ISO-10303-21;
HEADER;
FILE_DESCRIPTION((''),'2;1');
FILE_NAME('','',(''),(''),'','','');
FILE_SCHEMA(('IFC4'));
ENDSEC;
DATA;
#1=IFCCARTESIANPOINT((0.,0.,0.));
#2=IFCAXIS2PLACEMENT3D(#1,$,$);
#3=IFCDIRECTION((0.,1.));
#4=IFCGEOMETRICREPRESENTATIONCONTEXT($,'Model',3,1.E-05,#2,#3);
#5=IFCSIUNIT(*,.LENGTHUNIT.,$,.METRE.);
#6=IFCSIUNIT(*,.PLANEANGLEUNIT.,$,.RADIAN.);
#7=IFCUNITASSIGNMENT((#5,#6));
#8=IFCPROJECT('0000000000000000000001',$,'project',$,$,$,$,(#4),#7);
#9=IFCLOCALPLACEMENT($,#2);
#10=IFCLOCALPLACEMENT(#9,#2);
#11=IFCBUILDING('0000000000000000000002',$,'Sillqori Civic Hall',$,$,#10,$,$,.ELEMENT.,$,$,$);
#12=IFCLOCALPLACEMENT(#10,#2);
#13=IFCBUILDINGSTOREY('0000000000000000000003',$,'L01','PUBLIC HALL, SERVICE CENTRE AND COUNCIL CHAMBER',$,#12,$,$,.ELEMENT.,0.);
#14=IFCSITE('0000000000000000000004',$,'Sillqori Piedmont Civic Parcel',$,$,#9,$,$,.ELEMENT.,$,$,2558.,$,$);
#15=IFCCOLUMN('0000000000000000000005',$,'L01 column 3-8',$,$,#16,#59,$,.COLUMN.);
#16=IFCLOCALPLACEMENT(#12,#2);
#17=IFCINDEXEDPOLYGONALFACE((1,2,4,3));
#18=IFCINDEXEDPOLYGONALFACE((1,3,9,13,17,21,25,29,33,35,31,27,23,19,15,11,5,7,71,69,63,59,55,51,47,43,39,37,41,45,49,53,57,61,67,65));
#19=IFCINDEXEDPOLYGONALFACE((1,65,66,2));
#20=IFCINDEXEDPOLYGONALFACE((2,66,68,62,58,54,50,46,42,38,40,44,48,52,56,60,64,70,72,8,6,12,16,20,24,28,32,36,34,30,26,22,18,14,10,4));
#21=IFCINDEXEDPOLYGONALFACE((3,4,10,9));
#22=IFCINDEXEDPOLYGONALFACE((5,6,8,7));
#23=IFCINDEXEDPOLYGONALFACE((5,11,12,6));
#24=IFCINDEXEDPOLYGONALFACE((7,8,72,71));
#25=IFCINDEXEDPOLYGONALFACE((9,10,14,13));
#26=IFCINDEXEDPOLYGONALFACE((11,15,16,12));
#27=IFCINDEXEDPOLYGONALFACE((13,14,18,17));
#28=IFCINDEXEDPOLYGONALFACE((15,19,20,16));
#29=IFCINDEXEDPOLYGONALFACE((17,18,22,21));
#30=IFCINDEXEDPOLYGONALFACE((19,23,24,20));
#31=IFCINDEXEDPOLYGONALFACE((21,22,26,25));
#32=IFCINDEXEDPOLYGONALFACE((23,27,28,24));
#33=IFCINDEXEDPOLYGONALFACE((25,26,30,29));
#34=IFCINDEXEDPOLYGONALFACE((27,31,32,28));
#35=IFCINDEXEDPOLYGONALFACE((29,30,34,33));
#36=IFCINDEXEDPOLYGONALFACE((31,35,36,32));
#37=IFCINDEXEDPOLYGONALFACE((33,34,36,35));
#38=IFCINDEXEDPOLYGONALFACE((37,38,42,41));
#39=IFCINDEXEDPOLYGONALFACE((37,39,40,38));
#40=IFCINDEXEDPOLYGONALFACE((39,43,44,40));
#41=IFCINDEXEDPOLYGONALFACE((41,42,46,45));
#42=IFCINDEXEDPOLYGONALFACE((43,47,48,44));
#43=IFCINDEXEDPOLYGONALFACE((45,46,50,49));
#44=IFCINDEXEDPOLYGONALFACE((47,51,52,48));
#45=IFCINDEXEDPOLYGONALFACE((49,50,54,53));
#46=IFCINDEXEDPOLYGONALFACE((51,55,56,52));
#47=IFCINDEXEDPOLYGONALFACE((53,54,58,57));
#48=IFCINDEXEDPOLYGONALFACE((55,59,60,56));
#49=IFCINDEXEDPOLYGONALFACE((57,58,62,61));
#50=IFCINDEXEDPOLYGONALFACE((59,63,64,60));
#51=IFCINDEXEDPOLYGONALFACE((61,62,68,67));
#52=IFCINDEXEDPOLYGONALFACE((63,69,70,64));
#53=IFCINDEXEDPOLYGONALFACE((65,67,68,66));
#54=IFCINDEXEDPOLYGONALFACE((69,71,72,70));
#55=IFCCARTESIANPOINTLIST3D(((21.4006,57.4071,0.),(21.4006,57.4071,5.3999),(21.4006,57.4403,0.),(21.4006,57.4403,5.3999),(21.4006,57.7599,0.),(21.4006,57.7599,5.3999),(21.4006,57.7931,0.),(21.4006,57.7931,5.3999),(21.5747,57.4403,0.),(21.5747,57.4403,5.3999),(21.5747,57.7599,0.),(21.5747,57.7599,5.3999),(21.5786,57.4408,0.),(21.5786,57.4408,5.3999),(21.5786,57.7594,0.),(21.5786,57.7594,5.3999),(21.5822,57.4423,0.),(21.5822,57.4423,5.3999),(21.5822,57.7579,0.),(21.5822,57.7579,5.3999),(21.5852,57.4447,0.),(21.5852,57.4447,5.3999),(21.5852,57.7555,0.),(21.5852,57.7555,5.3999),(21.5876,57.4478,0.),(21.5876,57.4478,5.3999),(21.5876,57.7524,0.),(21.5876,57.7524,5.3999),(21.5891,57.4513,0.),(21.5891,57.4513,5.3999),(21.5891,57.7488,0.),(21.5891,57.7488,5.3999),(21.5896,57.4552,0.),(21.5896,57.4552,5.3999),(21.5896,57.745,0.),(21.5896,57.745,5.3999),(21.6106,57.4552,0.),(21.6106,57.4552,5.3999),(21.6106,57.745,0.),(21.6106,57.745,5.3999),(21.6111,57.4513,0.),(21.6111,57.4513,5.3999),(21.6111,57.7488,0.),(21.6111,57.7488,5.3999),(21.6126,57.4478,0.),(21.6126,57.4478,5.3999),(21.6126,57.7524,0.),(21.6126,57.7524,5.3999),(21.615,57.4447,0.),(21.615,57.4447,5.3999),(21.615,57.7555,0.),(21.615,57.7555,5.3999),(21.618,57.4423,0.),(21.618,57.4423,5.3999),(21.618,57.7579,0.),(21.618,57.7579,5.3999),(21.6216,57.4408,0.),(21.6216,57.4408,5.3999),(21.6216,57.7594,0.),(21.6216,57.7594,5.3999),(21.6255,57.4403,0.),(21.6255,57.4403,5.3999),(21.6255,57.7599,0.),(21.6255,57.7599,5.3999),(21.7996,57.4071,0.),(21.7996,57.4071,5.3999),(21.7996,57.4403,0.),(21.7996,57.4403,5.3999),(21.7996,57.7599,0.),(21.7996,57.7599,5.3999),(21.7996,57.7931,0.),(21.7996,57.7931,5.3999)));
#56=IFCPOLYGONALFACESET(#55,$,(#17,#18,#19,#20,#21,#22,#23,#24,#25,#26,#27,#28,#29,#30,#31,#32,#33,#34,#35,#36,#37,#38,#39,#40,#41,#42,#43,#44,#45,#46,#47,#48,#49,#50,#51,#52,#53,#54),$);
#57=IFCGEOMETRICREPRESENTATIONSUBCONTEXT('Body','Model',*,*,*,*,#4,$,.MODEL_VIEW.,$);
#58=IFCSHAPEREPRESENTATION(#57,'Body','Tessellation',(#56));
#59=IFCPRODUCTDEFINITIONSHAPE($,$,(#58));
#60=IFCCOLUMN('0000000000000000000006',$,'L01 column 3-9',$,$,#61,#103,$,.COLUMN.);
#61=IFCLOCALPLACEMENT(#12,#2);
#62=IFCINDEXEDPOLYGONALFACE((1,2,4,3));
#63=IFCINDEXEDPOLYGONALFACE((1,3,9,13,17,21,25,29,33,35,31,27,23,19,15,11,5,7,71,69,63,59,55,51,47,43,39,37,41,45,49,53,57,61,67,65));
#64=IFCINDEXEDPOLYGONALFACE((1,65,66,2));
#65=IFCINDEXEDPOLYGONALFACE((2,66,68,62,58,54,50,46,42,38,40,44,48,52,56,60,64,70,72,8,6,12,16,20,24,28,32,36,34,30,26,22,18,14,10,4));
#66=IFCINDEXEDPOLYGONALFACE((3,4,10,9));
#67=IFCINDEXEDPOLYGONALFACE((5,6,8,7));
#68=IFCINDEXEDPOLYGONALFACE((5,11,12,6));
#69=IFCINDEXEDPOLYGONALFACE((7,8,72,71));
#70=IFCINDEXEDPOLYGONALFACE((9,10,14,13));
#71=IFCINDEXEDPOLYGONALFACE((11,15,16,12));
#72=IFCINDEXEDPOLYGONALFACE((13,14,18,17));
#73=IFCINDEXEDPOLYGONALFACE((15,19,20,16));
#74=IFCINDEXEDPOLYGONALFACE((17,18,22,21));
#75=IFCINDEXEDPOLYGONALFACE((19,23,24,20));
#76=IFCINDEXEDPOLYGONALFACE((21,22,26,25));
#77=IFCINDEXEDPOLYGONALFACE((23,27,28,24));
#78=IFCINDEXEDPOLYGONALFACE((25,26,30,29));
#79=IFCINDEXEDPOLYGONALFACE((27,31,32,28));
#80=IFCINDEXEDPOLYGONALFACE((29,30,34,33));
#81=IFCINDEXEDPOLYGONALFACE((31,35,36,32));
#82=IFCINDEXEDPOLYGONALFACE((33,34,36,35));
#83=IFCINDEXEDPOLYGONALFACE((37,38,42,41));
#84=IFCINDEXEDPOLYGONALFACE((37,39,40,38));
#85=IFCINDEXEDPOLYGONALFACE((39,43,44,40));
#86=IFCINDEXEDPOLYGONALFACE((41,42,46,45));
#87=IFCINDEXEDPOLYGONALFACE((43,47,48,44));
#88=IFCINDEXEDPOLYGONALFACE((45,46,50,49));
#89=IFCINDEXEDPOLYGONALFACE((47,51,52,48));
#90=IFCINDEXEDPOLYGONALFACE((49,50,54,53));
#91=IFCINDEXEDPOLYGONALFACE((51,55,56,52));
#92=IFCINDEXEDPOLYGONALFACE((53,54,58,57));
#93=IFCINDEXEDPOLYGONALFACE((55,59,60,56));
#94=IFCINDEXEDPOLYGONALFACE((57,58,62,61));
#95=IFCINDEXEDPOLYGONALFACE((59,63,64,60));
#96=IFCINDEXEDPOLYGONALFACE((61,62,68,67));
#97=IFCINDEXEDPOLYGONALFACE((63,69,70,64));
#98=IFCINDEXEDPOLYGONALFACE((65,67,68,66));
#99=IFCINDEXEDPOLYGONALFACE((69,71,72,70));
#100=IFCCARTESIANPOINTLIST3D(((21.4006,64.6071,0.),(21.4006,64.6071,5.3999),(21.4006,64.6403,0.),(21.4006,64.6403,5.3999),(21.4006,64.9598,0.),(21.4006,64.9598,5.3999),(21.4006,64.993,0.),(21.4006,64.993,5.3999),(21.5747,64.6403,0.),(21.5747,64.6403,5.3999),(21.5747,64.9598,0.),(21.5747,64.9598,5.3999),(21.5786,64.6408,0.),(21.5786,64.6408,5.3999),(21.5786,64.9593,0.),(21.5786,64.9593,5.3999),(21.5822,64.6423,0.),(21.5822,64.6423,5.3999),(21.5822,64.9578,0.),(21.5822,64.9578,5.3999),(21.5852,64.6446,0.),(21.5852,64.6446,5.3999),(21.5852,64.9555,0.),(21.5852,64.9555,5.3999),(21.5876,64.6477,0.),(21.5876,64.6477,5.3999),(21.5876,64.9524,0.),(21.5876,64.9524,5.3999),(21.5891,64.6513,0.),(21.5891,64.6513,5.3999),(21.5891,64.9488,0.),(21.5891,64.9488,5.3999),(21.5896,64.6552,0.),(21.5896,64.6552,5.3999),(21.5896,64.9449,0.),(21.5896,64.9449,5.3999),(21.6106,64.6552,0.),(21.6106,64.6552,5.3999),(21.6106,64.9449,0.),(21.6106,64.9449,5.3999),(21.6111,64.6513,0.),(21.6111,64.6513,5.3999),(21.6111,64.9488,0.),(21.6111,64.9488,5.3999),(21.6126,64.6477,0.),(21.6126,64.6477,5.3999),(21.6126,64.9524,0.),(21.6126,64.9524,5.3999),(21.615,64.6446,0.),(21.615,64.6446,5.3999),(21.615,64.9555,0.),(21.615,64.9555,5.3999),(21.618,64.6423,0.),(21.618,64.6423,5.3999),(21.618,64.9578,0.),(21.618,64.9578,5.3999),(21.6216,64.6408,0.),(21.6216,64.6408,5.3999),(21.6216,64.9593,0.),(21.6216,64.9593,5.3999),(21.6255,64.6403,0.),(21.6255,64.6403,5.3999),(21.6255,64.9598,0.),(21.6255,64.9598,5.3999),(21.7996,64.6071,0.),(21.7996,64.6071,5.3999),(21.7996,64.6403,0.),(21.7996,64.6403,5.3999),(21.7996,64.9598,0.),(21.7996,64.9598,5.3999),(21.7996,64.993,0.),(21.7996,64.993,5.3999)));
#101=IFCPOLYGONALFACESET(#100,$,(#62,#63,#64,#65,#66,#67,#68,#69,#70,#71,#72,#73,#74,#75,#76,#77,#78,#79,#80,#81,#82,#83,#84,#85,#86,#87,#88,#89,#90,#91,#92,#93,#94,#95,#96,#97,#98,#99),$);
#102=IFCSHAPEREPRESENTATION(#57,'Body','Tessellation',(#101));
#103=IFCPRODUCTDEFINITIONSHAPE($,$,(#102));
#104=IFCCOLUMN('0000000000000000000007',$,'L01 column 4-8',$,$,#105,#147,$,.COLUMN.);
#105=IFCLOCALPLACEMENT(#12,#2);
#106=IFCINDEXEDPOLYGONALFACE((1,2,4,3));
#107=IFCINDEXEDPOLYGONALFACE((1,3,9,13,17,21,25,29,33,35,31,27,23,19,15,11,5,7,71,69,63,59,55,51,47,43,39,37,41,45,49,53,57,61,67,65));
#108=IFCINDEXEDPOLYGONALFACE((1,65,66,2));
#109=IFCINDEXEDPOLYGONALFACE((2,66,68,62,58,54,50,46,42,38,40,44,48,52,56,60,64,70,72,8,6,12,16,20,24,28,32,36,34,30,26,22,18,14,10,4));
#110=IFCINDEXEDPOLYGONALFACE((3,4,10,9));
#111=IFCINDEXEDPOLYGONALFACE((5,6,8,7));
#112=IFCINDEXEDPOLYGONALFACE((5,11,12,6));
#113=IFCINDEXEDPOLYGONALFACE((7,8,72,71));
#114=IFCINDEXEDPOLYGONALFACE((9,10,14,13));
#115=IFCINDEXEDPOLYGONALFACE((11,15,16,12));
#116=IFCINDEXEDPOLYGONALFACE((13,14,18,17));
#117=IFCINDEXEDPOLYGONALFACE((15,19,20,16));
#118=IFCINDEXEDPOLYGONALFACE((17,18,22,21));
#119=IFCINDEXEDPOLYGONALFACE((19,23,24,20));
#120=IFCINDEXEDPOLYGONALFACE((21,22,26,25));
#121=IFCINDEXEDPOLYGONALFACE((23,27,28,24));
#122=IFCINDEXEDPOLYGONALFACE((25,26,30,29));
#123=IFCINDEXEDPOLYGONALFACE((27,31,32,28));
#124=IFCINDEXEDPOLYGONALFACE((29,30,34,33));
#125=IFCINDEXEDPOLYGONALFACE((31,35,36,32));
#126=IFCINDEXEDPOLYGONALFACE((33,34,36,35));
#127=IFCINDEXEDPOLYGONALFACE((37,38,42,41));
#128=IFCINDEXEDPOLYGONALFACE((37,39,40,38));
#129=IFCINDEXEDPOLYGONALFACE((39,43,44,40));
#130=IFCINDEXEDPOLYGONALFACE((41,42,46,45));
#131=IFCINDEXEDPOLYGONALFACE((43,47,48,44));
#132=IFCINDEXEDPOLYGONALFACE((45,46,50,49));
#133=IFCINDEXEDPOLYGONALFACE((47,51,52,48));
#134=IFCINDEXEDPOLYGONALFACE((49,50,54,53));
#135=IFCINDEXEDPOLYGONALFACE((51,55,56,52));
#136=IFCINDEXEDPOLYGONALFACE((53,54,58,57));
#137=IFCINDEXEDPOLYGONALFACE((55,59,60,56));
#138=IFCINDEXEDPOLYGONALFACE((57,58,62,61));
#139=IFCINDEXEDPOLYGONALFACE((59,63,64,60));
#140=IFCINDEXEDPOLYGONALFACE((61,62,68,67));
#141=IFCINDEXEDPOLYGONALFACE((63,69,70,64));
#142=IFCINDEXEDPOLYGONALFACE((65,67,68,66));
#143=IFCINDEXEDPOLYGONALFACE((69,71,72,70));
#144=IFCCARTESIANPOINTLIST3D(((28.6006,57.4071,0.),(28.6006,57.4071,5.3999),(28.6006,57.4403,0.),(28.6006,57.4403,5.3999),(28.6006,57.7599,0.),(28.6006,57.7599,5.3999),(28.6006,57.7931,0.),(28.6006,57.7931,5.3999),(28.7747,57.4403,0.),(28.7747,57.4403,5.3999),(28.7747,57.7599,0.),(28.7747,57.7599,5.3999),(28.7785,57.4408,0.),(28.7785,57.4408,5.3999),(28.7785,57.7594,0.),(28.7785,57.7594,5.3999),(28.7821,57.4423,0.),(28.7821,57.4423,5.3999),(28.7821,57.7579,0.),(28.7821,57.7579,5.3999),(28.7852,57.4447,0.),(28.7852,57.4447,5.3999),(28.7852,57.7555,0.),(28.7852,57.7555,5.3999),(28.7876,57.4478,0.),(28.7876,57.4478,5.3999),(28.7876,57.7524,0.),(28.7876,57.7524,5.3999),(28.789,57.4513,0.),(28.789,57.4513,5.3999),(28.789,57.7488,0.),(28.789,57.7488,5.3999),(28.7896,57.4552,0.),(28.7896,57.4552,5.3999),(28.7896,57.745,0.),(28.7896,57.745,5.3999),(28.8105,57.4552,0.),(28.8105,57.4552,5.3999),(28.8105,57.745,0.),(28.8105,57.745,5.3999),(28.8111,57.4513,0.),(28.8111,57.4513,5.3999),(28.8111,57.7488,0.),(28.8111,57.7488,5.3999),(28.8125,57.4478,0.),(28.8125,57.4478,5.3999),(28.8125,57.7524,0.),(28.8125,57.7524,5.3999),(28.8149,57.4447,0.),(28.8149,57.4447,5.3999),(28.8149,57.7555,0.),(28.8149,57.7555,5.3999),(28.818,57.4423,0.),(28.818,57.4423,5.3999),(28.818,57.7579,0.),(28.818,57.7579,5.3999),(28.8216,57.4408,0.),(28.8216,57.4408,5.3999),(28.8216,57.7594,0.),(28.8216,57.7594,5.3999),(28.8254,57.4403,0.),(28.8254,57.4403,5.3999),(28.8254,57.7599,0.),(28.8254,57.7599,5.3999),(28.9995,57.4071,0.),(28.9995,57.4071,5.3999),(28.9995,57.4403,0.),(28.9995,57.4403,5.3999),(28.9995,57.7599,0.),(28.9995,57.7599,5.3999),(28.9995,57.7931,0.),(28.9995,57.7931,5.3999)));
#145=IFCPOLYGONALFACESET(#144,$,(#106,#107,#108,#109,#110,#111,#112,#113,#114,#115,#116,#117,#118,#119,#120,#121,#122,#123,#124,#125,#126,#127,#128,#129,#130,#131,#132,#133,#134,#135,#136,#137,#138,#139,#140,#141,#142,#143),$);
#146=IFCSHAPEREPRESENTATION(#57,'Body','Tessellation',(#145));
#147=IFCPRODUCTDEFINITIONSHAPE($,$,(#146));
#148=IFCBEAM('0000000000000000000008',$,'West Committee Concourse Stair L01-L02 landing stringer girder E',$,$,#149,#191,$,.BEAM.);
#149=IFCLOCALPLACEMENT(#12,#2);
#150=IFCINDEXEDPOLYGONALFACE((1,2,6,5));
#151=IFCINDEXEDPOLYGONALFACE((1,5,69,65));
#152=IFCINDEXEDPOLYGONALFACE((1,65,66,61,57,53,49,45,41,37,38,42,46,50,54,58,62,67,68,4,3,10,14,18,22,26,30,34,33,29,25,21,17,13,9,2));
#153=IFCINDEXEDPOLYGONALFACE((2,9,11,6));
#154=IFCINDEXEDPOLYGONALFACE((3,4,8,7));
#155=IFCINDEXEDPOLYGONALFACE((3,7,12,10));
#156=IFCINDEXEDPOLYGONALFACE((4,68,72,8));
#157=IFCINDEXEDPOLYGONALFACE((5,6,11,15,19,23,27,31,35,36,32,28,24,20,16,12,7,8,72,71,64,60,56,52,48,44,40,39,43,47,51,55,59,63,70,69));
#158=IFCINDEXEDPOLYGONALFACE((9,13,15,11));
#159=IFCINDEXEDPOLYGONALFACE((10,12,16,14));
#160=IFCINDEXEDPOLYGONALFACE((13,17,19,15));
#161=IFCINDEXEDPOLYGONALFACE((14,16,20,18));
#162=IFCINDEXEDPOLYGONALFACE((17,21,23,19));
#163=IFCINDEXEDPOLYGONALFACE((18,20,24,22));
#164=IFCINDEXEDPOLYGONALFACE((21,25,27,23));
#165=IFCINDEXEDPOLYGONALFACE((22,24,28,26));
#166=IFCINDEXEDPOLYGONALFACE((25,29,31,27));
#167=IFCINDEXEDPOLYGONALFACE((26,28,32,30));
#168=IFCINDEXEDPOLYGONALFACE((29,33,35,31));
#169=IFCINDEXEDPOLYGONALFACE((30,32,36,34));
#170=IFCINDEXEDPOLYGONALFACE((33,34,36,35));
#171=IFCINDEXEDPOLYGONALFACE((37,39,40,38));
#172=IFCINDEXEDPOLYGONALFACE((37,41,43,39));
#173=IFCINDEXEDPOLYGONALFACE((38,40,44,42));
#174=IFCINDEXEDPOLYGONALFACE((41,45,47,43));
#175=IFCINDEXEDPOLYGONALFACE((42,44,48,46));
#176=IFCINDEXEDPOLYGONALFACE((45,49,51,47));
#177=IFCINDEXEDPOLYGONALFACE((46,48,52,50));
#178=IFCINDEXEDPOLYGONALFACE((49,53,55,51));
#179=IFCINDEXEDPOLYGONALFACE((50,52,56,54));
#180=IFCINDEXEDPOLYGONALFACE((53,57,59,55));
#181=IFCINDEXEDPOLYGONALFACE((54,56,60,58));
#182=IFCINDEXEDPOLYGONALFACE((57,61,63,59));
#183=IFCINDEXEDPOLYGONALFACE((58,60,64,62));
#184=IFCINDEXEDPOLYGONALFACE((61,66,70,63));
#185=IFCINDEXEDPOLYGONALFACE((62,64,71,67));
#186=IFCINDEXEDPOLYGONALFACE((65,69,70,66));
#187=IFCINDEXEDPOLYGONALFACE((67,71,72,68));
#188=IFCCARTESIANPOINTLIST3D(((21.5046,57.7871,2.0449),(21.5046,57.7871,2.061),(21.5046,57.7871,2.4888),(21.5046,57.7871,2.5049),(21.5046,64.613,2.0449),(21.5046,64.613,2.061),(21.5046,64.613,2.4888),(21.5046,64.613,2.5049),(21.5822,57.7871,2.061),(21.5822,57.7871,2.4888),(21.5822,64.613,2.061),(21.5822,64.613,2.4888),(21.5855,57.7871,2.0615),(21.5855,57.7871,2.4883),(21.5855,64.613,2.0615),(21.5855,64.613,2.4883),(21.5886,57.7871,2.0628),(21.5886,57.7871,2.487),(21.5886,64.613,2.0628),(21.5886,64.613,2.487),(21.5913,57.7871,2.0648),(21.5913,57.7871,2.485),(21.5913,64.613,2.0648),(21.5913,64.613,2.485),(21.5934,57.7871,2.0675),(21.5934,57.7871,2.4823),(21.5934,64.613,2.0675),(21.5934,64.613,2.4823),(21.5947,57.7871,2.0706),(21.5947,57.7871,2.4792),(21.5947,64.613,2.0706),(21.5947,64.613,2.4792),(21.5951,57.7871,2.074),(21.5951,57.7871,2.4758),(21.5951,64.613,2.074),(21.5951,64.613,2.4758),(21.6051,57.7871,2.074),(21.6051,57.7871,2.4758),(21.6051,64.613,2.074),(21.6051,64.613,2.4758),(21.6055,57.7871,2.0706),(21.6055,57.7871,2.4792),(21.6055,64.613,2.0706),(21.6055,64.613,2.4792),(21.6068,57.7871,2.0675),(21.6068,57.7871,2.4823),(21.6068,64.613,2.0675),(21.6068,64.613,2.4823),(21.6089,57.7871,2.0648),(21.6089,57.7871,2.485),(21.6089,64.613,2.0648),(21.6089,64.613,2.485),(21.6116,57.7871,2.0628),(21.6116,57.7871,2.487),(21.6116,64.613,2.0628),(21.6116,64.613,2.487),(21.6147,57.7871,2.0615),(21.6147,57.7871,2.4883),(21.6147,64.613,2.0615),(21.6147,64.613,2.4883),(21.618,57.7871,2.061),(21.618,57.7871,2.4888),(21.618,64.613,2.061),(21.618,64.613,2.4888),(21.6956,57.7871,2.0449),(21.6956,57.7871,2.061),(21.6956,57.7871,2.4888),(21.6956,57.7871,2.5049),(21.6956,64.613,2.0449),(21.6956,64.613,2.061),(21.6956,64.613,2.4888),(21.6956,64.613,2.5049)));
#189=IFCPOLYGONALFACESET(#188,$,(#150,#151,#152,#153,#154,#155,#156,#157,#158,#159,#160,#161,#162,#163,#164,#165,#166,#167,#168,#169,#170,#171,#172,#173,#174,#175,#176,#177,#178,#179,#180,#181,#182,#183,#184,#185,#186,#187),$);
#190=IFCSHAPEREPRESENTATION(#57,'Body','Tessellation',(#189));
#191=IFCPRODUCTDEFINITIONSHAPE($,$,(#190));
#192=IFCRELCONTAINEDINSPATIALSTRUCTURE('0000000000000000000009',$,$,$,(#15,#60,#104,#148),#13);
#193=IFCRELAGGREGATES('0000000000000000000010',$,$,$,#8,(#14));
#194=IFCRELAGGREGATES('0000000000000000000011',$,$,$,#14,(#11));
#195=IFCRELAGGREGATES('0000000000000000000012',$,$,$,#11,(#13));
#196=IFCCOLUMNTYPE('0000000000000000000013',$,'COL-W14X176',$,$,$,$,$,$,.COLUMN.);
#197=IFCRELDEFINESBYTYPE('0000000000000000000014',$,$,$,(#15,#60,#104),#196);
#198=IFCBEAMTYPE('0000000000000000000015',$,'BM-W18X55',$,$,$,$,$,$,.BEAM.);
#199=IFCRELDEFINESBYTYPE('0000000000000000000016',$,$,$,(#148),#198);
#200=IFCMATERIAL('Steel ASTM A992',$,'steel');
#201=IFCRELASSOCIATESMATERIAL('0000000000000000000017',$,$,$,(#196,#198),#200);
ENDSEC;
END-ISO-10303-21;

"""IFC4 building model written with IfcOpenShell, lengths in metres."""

from ifc_helpers import new_model, si_unit, direction, frame, origin, origin_2d, place, context, subcontext, project, spatial, i_section, extrude, material, material_profile, profile_set, type_object, element, save


model = new_model("IFC4")

# Units and contexts
model_context = context("Model", 3, precision=1e-05, world=origin(), true_north=direction((0.0, 1.0)))
body_context = subcontext(model_context, "Body", "Model", "MODEL_VIEW")
ifc_project = project(units=[si_unit("LENGTHUNIT", "METRE"), si_unit("PLANEANGLEUNIT", "RADIAN")], contexts=[model_context])

# Site, building, storey
site_placement = place(None, origin())
site = spatial("IfcSite", under=ifc_project, at=site_placement, Name="Sillqori Piedmont Civic Parcel", CompositionType="ELEMENT", RefElevation=2558.0)
building_placement = place(site_placement, origin())
building = spatial("IfcBuilding", under=site, at=building_placement, Name="Sillqori Civic Hall", CompositionType="ELEMENT")
storey_placement = place(building_placement, origin())
storey = spatial("IfcBuildingStorey", under=building, at=storey_placement, Name="L01", Description="PUBLIC HALL, SERVICE CENTRE AND COUNCIL CHAMBER", CompositionType="ELEMENT", Elevation=0.0)

# Columns
ifc_material_1 = material(Name="Steel ASTM A992", Category="steel")
ifc_material_profile_1 = material_profile(ifc_material_1, i_section(OverallWidth=0.3989, OverallDepth=0.386, WebThickness=0.021, FlangeThickness=0.0332, FilletRadius=0.0149, at=origin_2d()), Name="W14X176")
ifc_profile_set_1 = profile_set([ifc_material_profile_1], Name="Steel ASTM A992")
column_type = type_object("IfcColumnType", Name="COL-W14X176", PredefinedType="COLUMN", material=ifc_profile_set_1)
for number, where, z_axis, x_axis, name in (
    (1, (21.6001, 57.6001, 0.0), (0.0, 0.0, 1.0), (1.0, 0.0, 0.0), "L01 column 3-8"),
    (2, (21.6001, 64.8, 0.0), (0.0, 0.0, 1.0), (1.0, 0.0, 0.0), "L01 column 3-9"),
    (3, (28.8, 57.6001, 0.0), (0.0, 0.0, 1.0), (1.0, 0.0, 0.0), "L01 column 4-8"),
):
    element("IfcColumn", number, at=place(storey_placement, frame(where, z_axis=z_axis, x_axis=x_axis)), inside=storey, type_object=column_type, Name=name, PredefinedType="COLUMN", context=body_context, shape_type="SweptSolid", body=[
        extrude(i_section(OverallWidth=0.3989, OverallDepth=0.386, WebThickness=0.021, FlangeThickness=0.0332, FilletRadius=0.0149, at=origin_2d()), origin(), (0.0, 0.0, 1.0), 5.3999),
    ])

# Beam
ifc_material_profile_2 = material_profile(ifc_material_1, i_section(OverallWidth=0.1909, OverallDepth=0.46, WebThickness=0.01, FlangeThickness=0.0161, FilletRadius=0.0129, at=origin_2d()), Name="W18X55")
ifc_profile_set_2 = profile_set([ifc_material_profile_2], Name="Steel ASTM A992")
beam_type_1 = type_object("IfcBeamType", Name="BM-W18X55", PredefinedType="BEAM", material=ifc_profile_set_2)
beam_1_placement = place(storey_placement, frame((21.6001, 57.7871, 2.2749), z_axis=(0.0, 1.0, 0.0), x_axis=(-1.0, 0.0, 0.0)))
element("IfcBeam", 4, at=beam_1_placement, inside=storey, type_object=beam_type_1, Name="West Committee Concourse Stair L01-L02 landing stringer girder E", PredefinedType="BEAM", context=body_context, shape_type="SweptSolid", body=[
    extrude(i_section(OverallWidth=0.1909, OverallDepth=0.46, WebThickness=0.01, FlangeThickness=0.0161, FilletRadius=0.0129, at=origin_2d()), origin(), (0.0, 0.0, 1.0), 6.8259),
])

save(model, "model.ifc")
